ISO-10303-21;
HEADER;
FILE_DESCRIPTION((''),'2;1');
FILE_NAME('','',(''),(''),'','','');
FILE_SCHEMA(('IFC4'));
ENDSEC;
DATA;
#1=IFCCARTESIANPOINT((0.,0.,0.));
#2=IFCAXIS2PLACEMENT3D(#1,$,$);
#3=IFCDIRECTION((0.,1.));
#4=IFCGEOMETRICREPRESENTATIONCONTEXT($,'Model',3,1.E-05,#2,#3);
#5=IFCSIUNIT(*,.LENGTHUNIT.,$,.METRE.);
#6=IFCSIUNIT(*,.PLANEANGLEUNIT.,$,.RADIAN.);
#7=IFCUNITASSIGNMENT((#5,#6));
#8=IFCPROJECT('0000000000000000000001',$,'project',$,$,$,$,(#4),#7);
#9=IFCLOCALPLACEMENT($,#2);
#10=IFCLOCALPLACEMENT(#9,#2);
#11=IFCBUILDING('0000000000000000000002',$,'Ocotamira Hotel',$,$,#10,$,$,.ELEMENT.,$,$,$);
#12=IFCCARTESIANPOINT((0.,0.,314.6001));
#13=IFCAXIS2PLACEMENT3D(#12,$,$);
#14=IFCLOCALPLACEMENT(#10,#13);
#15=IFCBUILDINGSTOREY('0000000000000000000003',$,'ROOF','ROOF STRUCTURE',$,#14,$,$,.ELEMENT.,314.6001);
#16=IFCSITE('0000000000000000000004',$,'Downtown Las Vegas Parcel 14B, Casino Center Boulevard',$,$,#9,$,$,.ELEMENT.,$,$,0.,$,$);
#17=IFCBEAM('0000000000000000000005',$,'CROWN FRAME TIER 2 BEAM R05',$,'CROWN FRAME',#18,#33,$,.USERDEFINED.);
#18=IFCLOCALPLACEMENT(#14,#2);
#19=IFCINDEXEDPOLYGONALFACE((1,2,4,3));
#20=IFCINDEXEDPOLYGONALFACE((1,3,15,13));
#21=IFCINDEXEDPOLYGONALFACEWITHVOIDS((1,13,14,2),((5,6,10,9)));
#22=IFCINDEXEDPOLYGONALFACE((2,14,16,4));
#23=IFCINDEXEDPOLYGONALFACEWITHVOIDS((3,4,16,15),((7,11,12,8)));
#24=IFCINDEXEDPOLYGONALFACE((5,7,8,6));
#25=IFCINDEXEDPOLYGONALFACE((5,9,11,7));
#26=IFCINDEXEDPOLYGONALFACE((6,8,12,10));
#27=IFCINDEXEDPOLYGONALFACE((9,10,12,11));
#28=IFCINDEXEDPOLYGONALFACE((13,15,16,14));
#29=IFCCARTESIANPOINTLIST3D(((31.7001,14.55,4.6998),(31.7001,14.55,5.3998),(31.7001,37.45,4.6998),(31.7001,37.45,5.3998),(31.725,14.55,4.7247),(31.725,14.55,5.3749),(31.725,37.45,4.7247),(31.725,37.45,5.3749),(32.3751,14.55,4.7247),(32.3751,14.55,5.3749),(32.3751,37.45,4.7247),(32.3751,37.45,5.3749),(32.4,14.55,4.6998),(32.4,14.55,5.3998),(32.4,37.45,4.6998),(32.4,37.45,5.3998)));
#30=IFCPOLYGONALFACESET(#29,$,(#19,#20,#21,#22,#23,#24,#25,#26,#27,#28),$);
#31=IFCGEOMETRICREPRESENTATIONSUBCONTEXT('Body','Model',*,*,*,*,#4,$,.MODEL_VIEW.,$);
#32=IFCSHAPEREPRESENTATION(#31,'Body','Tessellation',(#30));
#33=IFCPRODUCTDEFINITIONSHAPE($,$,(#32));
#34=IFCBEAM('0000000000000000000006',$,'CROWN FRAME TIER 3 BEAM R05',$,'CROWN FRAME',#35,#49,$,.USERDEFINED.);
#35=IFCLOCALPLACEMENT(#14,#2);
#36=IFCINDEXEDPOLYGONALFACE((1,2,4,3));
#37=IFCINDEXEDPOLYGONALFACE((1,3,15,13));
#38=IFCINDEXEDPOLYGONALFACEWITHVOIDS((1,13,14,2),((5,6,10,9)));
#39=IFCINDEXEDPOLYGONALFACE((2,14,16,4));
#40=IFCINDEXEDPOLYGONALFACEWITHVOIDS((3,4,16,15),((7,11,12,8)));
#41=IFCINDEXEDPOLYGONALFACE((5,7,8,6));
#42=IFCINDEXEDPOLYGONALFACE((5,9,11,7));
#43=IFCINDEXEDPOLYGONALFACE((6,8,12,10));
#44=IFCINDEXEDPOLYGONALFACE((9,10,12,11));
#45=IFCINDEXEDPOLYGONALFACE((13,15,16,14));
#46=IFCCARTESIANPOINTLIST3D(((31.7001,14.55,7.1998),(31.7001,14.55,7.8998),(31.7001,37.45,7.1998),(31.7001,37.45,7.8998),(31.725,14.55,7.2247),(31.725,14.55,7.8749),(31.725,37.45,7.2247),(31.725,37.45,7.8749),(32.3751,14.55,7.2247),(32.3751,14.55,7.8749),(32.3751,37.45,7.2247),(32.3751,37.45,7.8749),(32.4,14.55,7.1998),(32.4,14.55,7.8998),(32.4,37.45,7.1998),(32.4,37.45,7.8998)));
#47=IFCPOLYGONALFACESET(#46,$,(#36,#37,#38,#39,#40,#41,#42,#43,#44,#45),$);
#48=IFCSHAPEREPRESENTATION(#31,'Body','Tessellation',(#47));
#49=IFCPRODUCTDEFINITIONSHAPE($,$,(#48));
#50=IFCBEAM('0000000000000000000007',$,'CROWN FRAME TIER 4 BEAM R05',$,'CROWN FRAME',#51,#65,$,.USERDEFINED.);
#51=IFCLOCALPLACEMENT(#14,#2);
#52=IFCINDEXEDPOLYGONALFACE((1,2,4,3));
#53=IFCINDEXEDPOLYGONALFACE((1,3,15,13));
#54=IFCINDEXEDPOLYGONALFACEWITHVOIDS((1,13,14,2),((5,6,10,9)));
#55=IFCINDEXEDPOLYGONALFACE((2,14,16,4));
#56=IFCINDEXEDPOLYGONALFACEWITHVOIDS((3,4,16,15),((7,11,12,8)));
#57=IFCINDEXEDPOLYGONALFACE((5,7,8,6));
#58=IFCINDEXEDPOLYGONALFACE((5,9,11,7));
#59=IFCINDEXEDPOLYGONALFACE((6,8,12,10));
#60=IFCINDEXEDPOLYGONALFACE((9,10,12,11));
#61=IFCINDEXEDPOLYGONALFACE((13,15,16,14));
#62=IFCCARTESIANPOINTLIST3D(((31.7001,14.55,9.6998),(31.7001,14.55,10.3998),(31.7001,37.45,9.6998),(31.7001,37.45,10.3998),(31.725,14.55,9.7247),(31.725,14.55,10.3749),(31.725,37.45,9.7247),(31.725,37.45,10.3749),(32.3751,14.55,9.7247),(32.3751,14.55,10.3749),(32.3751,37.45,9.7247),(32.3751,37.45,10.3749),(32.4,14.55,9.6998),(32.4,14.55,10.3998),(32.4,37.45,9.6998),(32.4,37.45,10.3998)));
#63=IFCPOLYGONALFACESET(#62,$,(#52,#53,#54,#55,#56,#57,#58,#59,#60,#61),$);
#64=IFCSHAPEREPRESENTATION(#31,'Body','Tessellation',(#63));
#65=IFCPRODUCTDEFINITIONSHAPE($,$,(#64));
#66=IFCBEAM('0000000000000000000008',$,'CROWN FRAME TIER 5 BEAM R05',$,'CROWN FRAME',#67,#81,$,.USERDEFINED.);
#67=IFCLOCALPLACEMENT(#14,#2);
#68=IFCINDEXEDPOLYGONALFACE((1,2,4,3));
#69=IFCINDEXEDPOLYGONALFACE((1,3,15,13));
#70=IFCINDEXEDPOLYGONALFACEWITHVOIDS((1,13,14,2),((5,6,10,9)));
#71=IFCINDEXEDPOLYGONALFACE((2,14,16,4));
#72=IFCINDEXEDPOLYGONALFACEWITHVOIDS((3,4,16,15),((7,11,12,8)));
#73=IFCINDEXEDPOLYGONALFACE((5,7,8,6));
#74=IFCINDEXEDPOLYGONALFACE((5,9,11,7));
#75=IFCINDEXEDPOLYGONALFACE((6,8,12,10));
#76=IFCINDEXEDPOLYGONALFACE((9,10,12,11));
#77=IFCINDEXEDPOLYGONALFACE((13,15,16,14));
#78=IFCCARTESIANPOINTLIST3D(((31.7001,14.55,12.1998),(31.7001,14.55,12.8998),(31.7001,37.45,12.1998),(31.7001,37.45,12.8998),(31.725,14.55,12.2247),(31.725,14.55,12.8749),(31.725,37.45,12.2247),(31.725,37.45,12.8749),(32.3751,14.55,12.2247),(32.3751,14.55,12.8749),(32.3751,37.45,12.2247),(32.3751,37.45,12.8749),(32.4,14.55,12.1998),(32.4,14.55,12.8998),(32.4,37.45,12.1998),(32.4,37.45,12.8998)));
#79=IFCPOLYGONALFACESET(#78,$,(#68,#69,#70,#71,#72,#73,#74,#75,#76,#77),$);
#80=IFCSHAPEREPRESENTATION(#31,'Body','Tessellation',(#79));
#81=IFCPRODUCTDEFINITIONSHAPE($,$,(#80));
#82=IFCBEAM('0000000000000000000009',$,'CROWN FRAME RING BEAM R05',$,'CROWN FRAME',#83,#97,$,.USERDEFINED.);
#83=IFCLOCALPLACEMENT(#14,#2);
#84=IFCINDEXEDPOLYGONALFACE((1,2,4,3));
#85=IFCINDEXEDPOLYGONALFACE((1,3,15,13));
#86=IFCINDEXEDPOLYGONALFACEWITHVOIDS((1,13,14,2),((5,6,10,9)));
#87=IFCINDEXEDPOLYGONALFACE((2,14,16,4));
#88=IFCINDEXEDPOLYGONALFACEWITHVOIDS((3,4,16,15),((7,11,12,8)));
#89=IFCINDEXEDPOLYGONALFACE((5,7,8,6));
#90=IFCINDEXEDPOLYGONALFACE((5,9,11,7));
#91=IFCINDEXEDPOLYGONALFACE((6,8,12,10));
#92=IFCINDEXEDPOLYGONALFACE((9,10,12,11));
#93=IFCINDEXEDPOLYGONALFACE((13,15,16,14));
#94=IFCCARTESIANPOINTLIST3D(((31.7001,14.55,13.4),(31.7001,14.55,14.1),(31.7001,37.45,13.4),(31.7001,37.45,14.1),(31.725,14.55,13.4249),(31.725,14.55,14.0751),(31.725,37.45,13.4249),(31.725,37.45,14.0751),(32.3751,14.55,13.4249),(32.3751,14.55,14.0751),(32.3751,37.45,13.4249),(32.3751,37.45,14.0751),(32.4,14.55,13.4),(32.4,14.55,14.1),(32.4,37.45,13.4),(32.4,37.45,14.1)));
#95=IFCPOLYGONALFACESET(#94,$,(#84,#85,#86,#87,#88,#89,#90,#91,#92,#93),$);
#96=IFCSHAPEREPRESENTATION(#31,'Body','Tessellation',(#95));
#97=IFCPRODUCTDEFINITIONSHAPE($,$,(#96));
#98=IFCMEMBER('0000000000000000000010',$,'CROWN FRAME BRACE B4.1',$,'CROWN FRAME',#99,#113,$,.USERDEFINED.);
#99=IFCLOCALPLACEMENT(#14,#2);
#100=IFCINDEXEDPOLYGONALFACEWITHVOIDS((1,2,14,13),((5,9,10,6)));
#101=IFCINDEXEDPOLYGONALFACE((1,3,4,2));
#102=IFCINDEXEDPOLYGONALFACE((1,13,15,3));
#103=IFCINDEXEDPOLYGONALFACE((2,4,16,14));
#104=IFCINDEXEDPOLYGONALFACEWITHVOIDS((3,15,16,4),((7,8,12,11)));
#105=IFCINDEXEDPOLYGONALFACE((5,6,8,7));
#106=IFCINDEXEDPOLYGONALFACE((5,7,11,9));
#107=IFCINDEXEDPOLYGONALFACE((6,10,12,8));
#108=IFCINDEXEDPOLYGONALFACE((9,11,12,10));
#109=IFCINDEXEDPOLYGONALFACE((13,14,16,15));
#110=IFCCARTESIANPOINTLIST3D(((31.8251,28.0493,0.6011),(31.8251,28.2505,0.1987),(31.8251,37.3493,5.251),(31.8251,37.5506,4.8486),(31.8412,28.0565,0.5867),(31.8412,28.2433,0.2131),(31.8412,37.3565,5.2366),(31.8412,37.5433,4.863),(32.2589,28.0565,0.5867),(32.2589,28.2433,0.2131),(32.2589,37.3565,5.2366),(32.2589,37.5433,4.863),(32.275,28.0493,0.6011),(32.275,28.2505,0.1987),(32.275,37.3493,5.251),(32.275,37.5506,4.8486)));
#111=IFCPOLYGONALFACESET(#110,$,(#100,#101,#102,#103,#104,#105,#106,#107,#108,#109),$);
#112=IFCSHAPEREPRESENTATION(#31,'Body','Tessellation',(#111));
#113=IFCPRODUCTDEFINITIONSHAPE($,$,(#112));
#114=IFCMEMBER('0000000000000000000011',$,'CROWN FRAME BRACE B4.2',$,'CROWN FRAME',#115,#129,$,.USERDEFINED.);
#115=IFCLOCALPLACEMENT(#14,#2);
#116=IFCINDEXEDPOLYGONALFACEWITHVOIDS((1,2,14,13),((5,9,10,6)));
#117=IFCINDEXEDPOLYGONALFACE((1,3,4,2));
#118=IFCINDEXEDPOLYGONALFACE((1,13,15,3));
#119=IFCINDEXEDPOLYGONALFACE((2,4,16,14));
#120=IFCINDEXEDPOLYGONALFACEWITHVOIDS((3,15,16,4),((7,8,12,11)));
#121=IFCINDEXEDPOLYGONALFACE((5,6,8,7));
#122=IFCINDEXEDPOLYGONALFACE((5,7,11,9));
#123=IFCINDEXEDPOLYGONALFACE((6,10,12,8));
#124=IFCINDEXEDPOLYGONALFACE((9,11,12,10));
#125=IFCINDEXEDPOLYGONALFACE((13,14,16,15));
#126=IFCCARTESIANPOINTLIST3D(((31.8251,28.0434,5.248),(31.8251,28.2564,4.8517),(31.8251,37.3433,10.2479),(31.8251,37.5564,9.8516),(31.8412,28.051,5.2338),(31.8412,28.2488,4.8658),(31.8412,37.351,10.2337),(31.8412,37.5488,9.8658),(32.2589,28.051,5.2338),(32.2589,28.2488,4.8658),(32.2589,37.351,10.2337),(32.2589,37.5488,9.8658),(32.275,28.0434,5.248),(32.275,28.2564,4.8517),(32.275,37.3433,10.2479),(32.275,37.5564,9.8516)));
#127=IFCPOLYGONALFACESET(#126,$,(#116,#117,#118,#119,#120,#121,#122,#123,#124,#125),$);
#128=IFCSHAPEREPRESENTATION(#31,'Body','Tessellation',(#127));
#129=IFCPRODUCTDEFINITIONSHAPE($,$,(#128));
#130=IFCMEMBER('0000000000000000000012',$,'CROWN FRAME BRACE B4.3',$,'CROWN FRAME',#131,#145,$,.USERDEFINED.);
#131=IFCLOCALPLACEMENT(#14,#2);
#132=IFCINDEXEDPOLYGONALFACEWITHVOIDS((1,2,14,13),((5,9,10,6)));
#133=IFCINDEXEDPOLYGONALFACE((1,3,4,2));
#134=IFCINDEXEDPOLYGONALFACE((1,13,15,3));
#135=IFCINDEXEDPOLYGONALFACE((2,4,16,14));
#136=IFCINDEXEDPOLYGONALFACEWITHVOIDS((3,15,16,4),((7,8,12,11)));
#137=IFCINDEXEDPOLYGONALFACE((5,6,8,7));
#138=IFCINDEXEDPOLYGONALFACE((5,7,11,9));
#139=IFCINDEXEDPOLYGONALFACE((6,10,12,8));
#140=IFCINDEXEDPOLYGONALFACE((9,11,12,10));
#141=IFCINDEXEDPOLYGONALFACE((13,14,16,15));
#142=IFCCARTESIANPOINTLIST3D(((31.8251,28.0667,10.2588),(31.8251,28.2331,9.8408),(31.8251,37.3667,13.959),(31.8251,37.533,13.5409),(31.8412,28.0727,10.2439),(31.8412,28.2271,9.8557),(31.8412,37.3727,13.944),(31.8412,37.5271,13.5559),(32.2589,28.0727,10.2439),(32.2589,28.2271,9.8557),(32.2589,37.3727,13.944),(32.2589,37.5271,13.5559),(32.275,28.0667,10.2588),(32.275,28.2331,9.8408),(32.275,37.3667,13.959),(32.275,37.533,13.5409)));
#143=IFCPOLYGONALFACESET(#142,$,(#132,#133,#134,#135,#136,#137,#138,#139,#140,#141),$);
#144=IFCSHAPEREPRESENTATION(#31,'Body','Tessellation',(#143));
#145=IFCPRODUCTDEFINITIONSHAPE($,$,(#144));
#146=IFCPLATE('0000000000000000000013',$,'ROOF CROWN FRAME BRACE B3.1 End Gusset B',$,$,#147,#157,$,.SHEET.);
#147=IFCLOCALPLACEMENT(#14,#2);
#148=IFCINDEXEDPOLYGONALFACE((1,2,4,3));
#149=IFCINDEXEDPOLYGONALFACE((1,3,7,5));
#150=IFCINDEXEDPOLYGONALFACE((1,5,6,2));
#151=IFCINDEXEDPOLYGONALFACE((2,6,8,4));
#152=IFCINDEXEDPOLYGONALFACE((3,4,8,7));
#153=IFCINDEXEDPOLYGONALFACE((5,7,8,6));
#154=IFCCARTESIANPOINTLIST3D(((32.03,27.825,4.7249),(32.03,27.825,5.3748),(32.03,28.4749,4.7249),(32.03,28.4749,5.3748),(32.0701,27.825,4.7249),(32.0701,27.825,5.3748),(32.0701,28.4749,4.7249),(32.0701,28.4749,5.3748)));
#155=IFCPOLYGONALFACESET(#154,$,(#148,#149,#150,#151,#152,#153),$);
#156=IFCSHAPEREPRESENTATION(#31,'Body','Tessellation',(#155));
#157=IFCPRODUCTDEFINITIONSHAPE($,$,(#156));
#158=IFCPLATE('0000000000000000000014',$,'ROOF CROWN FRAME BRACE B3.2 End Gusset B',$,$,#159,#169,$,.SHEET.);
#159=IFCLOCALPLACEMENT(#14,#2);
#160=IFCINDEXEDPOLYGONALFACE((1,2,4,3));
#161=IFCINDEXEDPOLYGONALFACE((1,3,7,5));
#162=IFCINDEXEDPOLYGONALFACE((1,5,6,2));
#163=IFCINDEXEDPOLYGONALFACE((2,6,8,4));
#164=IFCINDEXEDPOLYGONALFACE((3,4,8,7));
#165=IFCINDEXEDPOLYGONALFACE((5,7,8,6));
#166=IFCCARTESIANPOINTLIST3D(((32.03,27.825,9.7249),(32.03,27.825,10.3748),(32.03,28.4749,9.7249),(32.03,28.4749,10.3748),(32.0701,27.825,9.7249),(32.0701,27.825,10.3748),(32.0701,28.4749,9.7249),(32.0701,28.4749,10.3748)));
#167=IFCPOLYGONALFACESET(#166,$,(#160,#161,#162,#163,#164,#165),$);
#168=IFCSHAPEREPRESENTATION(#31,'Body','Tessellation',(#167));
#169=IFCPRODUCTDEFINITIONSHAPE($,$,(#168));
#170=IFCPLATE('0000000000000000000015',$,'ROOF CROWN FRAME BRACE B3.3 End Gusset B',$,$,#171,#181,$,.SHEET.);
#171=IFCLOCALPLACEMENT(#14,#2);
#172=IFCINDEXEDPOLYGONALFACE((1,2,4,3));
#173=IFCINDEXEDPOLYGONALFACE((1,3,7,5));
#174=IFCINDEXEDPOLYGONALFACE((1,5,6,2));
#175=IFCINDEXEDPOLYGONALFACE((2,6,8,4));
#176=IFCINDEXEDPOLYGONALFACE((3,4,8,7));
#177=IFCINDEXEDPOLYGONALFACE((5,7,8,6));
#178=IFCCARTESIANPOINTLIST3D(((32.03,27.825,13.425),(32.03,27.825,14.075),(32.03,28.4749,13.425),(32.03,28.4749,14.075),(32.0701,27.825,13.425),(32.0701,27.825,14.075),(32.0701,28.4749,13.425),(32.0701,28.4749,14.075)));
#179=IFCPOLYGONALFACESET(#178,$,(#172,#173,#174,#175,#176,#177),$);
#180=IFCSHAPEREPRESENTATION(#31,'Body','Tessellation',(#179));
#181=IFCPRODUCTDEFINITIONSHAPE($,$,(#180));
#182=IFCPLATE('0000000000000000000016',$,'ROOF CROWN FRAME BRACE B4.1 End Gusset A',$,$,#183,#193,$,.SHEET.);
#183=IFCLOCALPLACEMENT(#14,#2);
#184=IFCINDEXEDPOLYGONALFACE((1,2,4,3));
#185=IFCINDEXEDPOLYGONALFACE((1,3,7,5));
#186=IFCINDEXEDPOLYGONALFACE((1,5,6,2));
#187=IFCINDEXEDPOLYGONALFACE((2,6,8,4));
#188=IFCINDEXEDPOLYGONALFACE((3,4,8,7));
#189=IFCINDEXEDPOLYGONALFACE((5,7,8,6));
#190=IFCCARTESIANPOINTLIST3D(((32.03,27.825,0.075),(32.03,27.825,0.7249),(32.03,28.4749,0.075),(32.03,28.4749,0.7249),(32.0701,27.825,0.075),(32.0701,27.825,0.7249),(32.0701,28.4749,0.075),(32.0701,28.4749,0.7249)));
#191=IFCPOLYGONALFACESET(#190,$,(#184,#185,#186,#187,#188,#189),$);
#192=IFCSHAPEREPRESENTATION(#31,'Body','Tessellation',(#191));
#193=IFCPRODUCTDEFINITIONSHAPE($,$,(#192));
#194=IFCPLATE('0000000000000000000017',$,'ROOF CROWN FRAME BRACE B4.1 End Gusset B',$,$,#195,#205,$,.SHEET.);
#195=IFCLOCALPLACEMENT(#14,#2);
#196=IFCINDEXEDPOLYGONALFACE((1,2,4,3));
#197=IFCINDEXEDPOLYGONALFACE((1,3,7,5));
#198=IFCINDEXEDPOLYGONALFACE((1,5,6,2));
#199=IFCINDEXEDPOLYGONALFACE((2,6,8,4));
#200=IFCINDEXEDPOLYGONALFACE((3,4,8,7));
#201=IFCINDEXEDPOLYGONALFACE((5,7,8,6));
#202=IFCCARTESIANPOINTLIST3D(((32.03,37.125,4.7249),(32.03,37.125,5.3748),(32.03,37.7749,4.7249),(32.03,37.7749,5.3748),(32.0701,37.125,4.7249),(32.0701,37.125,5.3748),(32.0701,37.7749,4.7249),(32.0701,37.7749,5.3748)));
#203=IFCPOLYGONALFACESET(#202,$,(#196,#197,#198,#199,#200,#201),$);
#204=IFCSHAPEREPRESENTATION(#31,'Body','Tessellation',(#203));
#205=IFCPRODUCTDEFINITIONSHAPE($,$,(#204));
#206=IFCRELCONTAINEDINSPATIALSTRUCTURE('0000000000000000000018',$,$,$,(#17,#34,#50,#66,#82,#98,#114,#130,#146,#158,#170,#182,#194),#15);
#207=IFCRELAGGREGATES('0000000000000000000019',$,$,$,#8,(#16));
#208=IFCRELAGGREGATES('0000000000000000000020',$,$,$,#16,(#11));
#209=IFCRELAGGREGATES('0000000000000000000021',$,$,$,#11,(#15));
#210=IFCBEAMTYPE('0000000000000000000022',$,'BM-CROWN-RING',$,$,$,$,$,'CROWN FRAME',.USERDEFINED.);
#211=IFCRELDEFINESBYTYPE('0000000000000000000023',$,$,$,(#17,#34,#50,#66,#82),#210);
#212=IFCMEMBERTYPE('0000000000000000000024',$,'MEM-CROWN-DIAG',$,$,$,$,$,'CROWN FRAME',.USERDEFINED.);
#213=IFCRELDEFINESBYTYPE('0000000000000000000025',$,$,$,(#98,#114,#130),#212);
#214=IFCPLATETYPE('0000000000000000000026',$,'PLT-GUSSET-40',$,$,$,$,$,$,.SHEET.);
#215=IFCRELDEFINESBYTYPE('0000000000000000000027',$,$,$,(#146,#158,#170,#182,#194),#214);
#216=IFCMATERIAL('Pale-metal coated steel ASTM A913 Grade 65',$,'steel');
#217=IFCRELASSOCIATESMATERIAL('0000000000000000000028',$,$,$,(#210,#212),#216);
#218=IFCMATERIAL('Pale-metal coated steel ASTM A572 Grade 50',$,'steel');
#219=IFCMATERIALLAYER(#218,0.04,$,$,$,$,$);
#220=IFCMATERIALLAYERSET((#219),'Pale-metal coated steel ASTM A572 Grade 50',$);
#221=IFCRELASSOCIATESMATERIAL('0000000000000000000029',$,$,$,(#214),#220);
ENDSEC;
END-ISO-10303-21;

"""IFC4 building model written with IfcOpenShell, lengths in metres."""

from ifc_helpers import new_model, si_unit, direction, frame, origin, origin_2d, place, context, subcontext, project, spatial, rectangle, hollow_rectangle, extrude, source, transform, mapped, material, layer, layer_set, material_profile, profile_set, type_object, element, save


model = new_model("IFC4")

# Units and contexts
model_context = context("Model", 3, precision=1e-05, world=origin(), true_north=direction((0.0, 1.0)))
body_context = subcontext(model_context, "Body", "Model", "MODEL_VIEW")
ifc_project = project(units=[si_unit("LENGTHUNIT", "METRE"), si_unit("PLANEANGLEUNIT", "RADIAN")], contexts=[model_context])

# Site, building, storey
site_placement = place(None, origin())
site = spatial("IfcSite", under=ifc_project, at=site_placement, Name="Downtown Las Vegas Parcel 14B, Casino Center Boulevard", CompositionType="ELEMENT", RefElevation=0.0)
building_placement = place(site_placement, origin())
building = spatial("IfcBuilding", under=site, at=building_placement, Name="Ocotamira Hotel", CompositionType="ELEMENT")
storey_placement = place(building_placement, frame((0.0, 0.0, 314.6001)))
storey = spatial("IfcBuildingStorey", under=building, at=storey_placement, Name="ROOF", Description="ROOF STRUCTURE", CompositionType="ELEMENT", Elevation=314.6001)

# Shared definitions
ifc_material_1 = material(Name="Pale-metal coated steel ASTM A913 Grade 65", Category="steel")

# Beams
ifc_material_profile_1 = material_profile(ifc_material_1, hollow_rectangle(XDim=0.7, YDim=0.7, WallThickness=0.0249, at=origin_2d()), Name="BOX700X700X25")
ifc_profile_set_1 = profile_set([ifc_material_profile_1], Name="Pale-metal coated steel ASTM A913 Grade 65")
beam_type = type_object("IfcBeamType", Name="BM-CROWN-RING", ElementType="CROWN FRAME", PredefinedType="USERDEFINED", material=ifc_profile_set_1)
shared_shape_1 = source(origin(), body_context, "Body", "SweptSolid", [
    extrude(hollow_rectangle(XDim=0.7, YDim=0.7, WallThickness=0.0249, at=origin_2d()), origin(), (0.0, 0.0, 1.0), 22.8999),
])
for number, where, z_axis, x_axis, name in (
    (1, (32.05, 37.45, 5.0498), (0.0, -1.0, 0.0), (1.0, 0.0, 0.0), "CROWN FRAME TIER 2 BEAM R05"),
    (2, (32.05, 37.45, 7.5498), (0.0, -1.0, 0.0), (1.0, 0.0, 0.0), "CROWN FRAME TIER 3 BEAM R05"),
    (3, (32.05, 37.45, 10.0498), (0.0, -1.0, 0.0), (1.0, 0.0, 0.0), "CROWN FRAME TIER 4 BEAM R05"),
    (4, (32.05, 37.45, 12.5498), (0.0, -1.0, 0.0), (1.0, 0.0, 0.0), "CROWN FRAME TIER 5 BEAM R05"),
    (5, (32.05, 37.45, 13.75), (0.0, -1.0, 0.0), (1.0, 0.0, 0.0), "CROWN FRAME RING BEAM R05"),
):
    element("IfcBeam", number, at=place(storey_placement, frame(where, z_axis=z_axis, x_axis=x_axis)), inside=storey, type_object=beam_type, Name=name, ObjectType="CROWN FRAME", PredefinedType="USERDEFINED", context=body_context, shape_type="MappedRepresentation", body=[
        mapped(shared_shape_1, transform((0.0, 0.0, 0.0), scale=1.0)),
    ])

# Members
ifc_material_profile_2 = material_profile(ifc_material_1, hollow_rectangle(XDim=0.45, YDim=0.45, WallThickness=0.0161, at=origin_2d()), Name="HSS450X450X16")
ifc_profile_set_2 = profile_set([ifc_material_profile_2], Name="Pale-metal coated steel ASTM A913 Grade 65")
member_type = type_object("IfcMemberType", Name="MEM-CROWN-DIAG", ElementType="CROWN FRAME", PredefinedType="USERDEFINED", material=ifc_profile_set_2)
shared_shape_2 = source(origin(), body_context, "Body", "SweptSolid", [
    extrude(hollow_rectangle(XDim=0.45, YDim=0.45, WallThickness=0.0161, at=origin_2d()), origin(), (0.0, 0.0, 1.0), 10.3977),
])
member_1_placement = place(storey_placement, frame((32.05, 28.1499, 0.3999), z_axis=(0.0, 0.894432, 0.447204), x_axis=(-1.0, 0.0, 0.0)))
element("IfcMember", 6, at=member_1_placement, inside=storey, type_object=member_type, Name="CROWN FRAME BRACE B4.1", ObjectType="CROWN FRAME", PredefinedType="USERDEFINED", context=body_context, shape_type="MappedRepresentation", body=[
    mapped(shared_shape_2, transform((0.0, 0.0, 0.0), scale=1.0)),
])
shared_shape_3 = source(origin(), body_context, "Body", "SweptSolid", [
    extrude(hollow_rectangle(XDim=0.45, YDim=0.45, WallThickness=0.0161, at=origin_2d()), origin(), (0.0, 0.0, 1.0), 10.5588),
])
member_2_placement = place(storey_placement, frame((32.05, 28.1499, 5.0498), z_axis=(0.0, 0.880776, 0.473533), x_axis=(-1.0, 0.0, 0.0)))
element("IfcMember", 7, at=member_2_placement, inside=storey, type_object=member_type, Name="CROWN FRAME BRACE B4.2", ObjectType="CROWN FRAME", PredefinedType="USERDEFINED", context=body_context, shape_type="MappedRepresentation", body=[
    mapped(shared_shape_3, transform((0.0, 0.0, 0.0), scale=1.0)),
])
shared_shape_4 = source(origin(), body_context, "Body", "SweptSolid", [
    extrude(hollow_rectangle(XDim=0.45, YDim=0.45, WallThickness=0.0161, at=origin_2d()), origin(), (0.0, 0.0, 1.0), 10.009),
])
member_3_placement = place(storey_placement, frame((32.05, 28.1499, 10.0498), z_axis=(0.0, 0.929158, 0.369683), x_axis=(-1.0, 0.0, 0.0)))
element("IfcMember", 8, at=member_3_placement, inside=storey, type_object=member_type, Name="CROWN FRAME BRACE B4.3", ObjectType="CROWN FRAME", PredefinedType="USERDEFINED", context=body_context, shape_type="MappedRepresentation", body=[
    mapped(shared_shape_4, transform((0.0, 0.0, 0.0), scale=1.0)),
])

# Plates
ifc_material_2 = material(Name="Pale-metal coated steel ASTM A572 Grade 50", Category="steel")
ifc_layer = layer(ifc_material_2, 0.04)
ifc_layer_set = layer_set([ifc_layer], Name="Pale-metal coated steel ASTM A572 Grade 50")
plate_type = type_object("IfcPlateType", Name="PLT-GUSSET-40", PredefinedType="SHEET", material=ifc_layer_set)
shared_shape_5 = source(origin(), body_context, "Body", "SweptSolid", [
    extrude(rectangle(XDim=0.04, YDim=0.6499, at=origin_2d()), origin(), (0.0, 0.0, 1.0), 0.6499),
])
for number, where, z_axis, x_axis, name in (
    (9, (32.05, 28.1499, 4.7249), (0.0, 0.0, 1.0), (1.0, 0.0, 0.0), "ROOF CROWN FRAME BRACE B3.1 End Gusset B"),
    (10, (32.05, 28.1499, 9.7249), (0.0, 0.0, 1.0), (1.0, 0.0, 0.0), "ROOF CROWN FRAME BRACE B3.2 End Gusset B"),
    (11, (32.05, 28.1499, 13.425), (0.0, 0.0, 1.0), (1.0, 0.0, 0.0), "ROOF CROWN FRAME BRACE B3.3 End Gusset B"),
    (12, (32.05, 28.1499, 0.075), (0.0, 0.0, 1.0), (1.0, 0.0, 0.0), "ROOF CROWN FRAME BRACE B4.1 End Gusset A"),
    (13, (32.05, 37.45, 4.7249), (0.0, 0.0, 1.0), (1.0, 0.0, 0.0), "ROOF CROWN FRAME BRACE B4.1 End Gusset B"),
):
    element("IfcPlate", number, at=place(storey_placement, frame(where, z_axis=z_axis, x_axis=x_axis)), inside=storey, type_object=plate_type, Name=name, PredefinedType="SHEET", context=body_context, shape_type="MappedRepresentation", body=[
        mapped(shared_shape_5, transform((0.0, 0.0, 0.0), scale=1.0)),
    ])

save(model, "model.ifc")
